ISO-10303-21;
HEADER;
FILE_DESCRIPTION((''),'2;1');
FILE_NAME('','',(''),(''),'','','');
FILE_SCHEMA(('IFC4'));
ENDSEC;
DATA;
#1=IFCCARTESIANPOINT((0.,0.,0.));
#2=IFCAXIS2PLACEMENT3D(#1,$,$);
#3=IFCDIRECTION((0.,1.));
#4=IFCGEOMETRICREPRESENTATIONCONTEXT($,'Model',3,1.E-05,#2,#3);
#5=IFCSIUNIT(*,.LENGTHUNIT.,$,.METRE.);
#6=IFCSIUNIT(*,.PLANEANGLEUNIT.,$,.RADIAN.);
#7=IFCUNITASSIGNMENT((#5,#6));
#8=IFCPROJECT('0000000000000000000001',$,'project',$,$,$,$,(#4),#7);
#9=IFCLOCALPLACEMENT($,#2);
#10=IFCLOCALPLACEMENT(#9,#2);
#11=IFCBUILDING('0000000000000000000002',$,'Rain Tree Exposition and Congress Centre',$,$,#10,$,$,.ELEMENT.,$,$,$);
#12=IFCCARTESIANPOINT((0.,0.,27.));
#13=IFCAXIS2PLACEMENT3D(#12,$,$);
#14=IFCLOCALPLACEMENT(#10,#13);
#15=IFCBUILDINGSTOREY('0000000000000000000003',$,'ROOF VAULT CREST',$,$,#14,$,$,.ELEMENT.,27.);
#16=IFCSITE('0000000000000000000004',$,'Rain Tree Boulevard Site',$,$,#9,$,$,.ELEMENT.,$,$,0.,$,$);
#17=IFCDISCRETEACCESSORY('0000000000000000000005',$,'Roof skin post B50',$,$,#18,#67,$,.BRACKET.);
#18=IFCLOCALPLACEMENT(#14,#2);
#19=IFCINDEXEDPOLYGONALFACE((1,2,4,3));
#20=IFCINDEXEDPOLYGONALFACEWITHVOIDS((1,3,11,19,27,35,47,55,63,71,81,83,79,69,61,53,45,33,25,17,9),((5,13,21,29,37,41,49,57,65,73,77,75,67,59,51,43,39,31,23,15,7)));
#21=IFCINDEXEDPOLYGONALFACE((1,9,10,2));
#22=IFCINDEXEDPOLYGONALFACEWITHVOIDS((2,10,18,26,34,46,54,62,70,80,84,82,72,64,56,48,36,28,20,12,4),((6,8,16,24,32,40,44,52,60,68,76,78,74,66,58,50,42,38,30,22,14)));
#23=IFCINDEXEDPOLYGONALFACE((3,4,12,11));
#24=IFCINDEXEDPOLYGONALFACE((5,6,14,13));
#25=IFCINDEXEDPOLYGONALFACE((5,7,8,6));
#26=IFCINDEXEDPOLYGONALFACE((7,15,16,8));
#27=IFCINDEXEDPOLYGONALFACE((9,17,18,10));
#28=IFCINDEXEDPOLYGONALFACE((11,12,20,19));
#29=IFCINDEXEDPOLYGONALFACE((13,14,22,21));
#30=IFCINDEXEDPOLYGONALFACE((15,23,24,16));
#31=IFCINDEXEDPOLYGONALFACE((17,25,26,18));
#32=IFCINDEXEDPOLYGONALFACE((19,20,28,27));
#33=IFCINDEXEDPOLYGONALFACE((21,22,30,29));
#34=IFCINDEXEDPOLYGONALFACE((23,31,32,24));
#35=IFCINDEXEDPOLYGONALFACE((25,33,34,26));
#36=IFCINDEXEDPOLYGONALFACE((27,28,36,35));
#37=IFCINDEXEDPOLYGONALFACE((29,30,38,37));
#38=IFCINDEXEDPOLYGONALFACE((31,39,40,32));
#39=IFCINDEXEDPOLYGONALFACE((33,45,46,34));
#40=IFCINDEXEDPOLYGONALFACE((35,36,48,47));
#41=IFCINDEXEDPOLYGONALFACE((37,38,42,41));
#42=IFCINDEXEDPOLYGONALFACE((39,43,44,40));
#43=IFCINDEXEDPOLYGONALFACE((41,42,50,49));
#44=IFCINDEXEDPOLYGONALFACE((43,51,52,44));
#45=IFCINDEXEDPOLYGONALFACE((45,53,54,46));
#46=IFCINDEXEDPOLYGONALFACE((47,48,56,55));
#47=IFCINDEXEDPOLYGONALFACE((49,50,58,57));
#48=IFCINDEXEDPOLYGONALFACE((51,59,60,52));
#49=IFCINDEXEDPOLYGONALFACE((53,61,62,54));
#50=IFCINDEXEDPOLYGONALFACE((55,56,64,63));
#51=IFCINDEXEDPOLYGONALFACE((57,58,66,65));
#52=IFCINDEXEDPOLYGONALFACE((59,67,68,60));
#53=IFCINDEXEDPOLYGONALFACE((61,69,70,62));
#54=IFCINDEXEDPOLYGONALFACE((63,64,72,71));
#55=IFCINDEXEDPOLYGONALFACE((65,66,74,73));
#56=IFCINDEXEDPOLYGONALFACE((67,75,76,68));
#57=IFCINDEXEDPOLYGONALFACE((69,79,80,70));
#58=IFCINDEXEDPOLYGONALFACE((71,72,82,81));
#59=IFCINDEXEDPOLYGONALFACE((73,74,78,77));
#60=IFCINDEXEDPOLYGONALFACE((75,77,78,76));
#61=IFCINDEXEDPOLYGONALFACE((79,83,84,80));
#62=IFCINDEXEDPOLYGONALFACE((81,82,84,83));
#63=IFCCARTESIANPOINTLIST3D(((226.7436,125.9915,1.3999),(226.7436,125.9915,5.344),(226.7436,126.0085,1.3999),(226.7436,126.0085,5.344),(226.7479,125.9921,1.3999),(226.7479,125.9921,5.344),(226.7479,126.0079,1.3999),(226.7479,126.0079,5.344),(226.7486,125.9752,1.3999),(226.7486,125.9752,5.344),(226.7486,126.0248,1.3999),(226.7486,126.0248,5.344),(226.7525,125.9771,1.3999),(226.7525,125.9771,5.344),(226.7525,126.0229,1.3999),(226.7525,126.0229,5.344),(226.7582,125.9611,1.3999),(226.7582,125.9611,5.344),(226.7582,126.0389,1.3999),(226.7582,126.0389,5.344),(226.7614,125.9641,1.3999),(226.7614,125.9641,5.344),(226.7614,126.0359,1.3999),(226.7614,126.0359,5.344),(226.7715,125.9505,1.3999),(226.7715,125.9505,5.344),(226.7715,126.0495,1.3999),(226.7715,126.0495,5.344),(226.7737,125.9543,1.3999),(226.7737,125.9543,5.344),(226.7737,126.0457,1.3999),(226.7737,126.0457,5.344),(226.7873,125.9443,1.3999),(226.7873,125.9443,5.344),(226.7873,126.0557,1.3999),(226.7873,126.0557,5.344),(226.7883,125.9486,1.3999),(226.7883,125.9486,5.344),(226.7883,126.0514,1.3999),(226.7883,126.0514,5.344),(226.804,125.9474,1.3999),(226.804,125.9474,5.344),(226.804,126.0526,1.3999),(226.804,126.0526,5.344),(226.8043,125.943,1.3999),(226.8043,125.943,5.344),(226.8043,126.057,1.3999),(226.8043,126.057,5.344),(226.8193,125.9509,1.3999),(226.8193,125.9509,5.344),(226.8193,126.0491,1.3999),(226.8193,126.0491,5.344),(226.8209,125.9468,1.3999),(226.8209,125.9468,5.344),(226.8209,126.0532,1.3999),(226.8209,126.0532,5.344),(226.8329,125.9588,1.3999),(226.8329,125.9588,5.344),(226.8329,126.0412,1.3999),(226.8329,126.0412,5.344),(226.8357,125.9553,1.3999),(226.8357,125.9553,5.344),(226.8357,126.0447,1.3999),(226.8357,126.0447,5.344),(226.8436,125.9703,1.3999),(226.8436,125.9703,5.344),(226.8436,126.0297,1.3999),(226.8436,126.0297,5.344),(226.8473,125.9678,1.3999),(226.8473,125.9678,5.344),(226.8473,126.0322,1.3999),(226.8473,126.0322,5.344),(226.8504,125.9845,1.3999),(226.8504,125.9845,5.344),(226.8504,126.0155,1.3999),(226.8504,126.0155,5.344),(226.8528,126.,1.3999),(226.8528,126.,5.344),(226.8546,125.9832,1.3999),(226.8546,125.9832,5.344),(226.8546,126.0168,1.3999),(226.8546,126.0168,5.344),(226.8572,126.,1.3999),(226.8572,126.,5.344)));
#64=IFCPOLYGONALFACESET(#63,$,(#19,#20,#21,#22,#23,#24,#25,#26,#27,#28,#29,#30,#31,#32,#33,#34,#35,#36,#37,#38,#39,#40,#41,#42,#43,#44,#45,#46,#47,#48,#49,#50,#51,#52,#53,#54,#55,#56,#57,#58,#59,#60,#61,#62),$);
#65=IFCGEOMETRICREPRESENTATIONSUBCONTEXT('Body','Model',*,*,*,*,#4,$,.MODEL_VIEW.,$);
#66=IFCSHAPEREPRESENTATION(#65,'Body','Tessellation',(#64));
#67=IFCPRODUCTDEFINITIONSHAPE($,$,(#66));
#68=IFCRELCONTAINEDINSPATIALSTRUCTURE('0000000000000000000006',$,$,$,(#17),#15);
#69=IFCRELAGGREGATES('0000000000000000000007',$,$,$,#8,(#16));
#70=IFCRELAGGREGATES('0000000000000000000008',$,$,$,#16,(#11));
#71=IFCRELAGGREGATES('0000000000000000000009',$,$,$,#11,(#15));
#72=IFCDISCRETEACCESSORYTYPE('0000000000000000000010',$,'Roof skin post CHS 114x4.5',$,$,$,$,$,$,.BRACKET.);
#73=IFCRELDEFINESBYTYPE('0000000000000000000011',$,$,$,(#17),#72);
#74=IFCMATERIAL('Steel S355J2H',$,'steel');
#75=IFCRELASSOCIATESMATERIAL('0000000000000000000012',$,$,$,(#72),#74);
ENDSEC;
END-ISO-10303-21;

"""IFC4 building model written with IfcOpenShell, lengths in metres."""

from ifc_helpers import new_model, si_unit, direction, frame, origin, origin_2d, place, context, subcontext, project, spatial, hollow_circle, extrude, material, material_profile, profile_set, type_object, element, save


model = new_model("IFC4")

# Units and contexts
model_context = context("Model", 3, precision=1e-05, world=origin(), true_north=direction((0.0, 1.0)))
body_context = subcontext(model_context, "Body", "Model", "MODEL_VIEW")
ifc_project = project(units=[si_unit("LENGTHUNIT", "METRE"), si_unit("PLANEANGLEUNIT", "RADIAN")], contexts=[model_context])

# Site, building, storey
site_placement = place(None, origin())
site = spatial("IfcSite", under=ifc_project, at=site_placement, Name="Rain Tree Boulevard Site", CompositionType="ELEMENT", RefElevation=0.0)
building_placement = place(site_placement, origin())
building = spatial("IfcBuilding", under=site, at=building_placement, Name="Rain Tree Exposition and Congress Centre", CompositionType="ELEMENT")
storey_placement = place(building_placement, frame((0.0, 0.0, 27.0)))
storey = spatial("IfcBuildingStorey", under=building, at=storey_placement, Name="ROOF VAULT CREST", CompositionType="ELEMENT", Elevation=27.0)

# Discrete accessory
ifc_material_1 = material(Name="Steel S355J2H", Category="steel")
ifc_material_profile_1 = material_profile(ifc_material_1, hollow_circle(Radius=0.0571, WallThickness=0.0044, at=origin_2d()), Name="CHS 114x4.5")
ifc_profile_set_1 = profile_set([ifc_material_profile_1], Name="Steel S355J2H")
discrete_accessory_type_1 = type_object("IfcDiscreteAccessoryType", Name="Roof skin post CHS 114x4.5", PredefinedType="BRACKET", material=ifc_profile_set_1)
discrete_accessory_1_placement = place(storey_placement, frame((226.8, 126.0, 1.3999), z_axis=(0.0, 0.0, 1.0), x_axis=(1.0, 0.0, 0.0)))
element("IfcDiscreteAccessory", 1, at=discrete_accessory_1_placement, inside=storey, type_object=discrete_accessory_type_1, Name="Roof skin post B50", PredefinedType="BRACKET", context=body_context, shape_type="SweptSolid", body=[
    extrude(hollow_circle(Radius=0.0571, WallThickness=0.0044, at=origin_2d()), origin(), (0.0, 0.0, 1.0), 3.9441),
])

save(model, "model.ifc")
